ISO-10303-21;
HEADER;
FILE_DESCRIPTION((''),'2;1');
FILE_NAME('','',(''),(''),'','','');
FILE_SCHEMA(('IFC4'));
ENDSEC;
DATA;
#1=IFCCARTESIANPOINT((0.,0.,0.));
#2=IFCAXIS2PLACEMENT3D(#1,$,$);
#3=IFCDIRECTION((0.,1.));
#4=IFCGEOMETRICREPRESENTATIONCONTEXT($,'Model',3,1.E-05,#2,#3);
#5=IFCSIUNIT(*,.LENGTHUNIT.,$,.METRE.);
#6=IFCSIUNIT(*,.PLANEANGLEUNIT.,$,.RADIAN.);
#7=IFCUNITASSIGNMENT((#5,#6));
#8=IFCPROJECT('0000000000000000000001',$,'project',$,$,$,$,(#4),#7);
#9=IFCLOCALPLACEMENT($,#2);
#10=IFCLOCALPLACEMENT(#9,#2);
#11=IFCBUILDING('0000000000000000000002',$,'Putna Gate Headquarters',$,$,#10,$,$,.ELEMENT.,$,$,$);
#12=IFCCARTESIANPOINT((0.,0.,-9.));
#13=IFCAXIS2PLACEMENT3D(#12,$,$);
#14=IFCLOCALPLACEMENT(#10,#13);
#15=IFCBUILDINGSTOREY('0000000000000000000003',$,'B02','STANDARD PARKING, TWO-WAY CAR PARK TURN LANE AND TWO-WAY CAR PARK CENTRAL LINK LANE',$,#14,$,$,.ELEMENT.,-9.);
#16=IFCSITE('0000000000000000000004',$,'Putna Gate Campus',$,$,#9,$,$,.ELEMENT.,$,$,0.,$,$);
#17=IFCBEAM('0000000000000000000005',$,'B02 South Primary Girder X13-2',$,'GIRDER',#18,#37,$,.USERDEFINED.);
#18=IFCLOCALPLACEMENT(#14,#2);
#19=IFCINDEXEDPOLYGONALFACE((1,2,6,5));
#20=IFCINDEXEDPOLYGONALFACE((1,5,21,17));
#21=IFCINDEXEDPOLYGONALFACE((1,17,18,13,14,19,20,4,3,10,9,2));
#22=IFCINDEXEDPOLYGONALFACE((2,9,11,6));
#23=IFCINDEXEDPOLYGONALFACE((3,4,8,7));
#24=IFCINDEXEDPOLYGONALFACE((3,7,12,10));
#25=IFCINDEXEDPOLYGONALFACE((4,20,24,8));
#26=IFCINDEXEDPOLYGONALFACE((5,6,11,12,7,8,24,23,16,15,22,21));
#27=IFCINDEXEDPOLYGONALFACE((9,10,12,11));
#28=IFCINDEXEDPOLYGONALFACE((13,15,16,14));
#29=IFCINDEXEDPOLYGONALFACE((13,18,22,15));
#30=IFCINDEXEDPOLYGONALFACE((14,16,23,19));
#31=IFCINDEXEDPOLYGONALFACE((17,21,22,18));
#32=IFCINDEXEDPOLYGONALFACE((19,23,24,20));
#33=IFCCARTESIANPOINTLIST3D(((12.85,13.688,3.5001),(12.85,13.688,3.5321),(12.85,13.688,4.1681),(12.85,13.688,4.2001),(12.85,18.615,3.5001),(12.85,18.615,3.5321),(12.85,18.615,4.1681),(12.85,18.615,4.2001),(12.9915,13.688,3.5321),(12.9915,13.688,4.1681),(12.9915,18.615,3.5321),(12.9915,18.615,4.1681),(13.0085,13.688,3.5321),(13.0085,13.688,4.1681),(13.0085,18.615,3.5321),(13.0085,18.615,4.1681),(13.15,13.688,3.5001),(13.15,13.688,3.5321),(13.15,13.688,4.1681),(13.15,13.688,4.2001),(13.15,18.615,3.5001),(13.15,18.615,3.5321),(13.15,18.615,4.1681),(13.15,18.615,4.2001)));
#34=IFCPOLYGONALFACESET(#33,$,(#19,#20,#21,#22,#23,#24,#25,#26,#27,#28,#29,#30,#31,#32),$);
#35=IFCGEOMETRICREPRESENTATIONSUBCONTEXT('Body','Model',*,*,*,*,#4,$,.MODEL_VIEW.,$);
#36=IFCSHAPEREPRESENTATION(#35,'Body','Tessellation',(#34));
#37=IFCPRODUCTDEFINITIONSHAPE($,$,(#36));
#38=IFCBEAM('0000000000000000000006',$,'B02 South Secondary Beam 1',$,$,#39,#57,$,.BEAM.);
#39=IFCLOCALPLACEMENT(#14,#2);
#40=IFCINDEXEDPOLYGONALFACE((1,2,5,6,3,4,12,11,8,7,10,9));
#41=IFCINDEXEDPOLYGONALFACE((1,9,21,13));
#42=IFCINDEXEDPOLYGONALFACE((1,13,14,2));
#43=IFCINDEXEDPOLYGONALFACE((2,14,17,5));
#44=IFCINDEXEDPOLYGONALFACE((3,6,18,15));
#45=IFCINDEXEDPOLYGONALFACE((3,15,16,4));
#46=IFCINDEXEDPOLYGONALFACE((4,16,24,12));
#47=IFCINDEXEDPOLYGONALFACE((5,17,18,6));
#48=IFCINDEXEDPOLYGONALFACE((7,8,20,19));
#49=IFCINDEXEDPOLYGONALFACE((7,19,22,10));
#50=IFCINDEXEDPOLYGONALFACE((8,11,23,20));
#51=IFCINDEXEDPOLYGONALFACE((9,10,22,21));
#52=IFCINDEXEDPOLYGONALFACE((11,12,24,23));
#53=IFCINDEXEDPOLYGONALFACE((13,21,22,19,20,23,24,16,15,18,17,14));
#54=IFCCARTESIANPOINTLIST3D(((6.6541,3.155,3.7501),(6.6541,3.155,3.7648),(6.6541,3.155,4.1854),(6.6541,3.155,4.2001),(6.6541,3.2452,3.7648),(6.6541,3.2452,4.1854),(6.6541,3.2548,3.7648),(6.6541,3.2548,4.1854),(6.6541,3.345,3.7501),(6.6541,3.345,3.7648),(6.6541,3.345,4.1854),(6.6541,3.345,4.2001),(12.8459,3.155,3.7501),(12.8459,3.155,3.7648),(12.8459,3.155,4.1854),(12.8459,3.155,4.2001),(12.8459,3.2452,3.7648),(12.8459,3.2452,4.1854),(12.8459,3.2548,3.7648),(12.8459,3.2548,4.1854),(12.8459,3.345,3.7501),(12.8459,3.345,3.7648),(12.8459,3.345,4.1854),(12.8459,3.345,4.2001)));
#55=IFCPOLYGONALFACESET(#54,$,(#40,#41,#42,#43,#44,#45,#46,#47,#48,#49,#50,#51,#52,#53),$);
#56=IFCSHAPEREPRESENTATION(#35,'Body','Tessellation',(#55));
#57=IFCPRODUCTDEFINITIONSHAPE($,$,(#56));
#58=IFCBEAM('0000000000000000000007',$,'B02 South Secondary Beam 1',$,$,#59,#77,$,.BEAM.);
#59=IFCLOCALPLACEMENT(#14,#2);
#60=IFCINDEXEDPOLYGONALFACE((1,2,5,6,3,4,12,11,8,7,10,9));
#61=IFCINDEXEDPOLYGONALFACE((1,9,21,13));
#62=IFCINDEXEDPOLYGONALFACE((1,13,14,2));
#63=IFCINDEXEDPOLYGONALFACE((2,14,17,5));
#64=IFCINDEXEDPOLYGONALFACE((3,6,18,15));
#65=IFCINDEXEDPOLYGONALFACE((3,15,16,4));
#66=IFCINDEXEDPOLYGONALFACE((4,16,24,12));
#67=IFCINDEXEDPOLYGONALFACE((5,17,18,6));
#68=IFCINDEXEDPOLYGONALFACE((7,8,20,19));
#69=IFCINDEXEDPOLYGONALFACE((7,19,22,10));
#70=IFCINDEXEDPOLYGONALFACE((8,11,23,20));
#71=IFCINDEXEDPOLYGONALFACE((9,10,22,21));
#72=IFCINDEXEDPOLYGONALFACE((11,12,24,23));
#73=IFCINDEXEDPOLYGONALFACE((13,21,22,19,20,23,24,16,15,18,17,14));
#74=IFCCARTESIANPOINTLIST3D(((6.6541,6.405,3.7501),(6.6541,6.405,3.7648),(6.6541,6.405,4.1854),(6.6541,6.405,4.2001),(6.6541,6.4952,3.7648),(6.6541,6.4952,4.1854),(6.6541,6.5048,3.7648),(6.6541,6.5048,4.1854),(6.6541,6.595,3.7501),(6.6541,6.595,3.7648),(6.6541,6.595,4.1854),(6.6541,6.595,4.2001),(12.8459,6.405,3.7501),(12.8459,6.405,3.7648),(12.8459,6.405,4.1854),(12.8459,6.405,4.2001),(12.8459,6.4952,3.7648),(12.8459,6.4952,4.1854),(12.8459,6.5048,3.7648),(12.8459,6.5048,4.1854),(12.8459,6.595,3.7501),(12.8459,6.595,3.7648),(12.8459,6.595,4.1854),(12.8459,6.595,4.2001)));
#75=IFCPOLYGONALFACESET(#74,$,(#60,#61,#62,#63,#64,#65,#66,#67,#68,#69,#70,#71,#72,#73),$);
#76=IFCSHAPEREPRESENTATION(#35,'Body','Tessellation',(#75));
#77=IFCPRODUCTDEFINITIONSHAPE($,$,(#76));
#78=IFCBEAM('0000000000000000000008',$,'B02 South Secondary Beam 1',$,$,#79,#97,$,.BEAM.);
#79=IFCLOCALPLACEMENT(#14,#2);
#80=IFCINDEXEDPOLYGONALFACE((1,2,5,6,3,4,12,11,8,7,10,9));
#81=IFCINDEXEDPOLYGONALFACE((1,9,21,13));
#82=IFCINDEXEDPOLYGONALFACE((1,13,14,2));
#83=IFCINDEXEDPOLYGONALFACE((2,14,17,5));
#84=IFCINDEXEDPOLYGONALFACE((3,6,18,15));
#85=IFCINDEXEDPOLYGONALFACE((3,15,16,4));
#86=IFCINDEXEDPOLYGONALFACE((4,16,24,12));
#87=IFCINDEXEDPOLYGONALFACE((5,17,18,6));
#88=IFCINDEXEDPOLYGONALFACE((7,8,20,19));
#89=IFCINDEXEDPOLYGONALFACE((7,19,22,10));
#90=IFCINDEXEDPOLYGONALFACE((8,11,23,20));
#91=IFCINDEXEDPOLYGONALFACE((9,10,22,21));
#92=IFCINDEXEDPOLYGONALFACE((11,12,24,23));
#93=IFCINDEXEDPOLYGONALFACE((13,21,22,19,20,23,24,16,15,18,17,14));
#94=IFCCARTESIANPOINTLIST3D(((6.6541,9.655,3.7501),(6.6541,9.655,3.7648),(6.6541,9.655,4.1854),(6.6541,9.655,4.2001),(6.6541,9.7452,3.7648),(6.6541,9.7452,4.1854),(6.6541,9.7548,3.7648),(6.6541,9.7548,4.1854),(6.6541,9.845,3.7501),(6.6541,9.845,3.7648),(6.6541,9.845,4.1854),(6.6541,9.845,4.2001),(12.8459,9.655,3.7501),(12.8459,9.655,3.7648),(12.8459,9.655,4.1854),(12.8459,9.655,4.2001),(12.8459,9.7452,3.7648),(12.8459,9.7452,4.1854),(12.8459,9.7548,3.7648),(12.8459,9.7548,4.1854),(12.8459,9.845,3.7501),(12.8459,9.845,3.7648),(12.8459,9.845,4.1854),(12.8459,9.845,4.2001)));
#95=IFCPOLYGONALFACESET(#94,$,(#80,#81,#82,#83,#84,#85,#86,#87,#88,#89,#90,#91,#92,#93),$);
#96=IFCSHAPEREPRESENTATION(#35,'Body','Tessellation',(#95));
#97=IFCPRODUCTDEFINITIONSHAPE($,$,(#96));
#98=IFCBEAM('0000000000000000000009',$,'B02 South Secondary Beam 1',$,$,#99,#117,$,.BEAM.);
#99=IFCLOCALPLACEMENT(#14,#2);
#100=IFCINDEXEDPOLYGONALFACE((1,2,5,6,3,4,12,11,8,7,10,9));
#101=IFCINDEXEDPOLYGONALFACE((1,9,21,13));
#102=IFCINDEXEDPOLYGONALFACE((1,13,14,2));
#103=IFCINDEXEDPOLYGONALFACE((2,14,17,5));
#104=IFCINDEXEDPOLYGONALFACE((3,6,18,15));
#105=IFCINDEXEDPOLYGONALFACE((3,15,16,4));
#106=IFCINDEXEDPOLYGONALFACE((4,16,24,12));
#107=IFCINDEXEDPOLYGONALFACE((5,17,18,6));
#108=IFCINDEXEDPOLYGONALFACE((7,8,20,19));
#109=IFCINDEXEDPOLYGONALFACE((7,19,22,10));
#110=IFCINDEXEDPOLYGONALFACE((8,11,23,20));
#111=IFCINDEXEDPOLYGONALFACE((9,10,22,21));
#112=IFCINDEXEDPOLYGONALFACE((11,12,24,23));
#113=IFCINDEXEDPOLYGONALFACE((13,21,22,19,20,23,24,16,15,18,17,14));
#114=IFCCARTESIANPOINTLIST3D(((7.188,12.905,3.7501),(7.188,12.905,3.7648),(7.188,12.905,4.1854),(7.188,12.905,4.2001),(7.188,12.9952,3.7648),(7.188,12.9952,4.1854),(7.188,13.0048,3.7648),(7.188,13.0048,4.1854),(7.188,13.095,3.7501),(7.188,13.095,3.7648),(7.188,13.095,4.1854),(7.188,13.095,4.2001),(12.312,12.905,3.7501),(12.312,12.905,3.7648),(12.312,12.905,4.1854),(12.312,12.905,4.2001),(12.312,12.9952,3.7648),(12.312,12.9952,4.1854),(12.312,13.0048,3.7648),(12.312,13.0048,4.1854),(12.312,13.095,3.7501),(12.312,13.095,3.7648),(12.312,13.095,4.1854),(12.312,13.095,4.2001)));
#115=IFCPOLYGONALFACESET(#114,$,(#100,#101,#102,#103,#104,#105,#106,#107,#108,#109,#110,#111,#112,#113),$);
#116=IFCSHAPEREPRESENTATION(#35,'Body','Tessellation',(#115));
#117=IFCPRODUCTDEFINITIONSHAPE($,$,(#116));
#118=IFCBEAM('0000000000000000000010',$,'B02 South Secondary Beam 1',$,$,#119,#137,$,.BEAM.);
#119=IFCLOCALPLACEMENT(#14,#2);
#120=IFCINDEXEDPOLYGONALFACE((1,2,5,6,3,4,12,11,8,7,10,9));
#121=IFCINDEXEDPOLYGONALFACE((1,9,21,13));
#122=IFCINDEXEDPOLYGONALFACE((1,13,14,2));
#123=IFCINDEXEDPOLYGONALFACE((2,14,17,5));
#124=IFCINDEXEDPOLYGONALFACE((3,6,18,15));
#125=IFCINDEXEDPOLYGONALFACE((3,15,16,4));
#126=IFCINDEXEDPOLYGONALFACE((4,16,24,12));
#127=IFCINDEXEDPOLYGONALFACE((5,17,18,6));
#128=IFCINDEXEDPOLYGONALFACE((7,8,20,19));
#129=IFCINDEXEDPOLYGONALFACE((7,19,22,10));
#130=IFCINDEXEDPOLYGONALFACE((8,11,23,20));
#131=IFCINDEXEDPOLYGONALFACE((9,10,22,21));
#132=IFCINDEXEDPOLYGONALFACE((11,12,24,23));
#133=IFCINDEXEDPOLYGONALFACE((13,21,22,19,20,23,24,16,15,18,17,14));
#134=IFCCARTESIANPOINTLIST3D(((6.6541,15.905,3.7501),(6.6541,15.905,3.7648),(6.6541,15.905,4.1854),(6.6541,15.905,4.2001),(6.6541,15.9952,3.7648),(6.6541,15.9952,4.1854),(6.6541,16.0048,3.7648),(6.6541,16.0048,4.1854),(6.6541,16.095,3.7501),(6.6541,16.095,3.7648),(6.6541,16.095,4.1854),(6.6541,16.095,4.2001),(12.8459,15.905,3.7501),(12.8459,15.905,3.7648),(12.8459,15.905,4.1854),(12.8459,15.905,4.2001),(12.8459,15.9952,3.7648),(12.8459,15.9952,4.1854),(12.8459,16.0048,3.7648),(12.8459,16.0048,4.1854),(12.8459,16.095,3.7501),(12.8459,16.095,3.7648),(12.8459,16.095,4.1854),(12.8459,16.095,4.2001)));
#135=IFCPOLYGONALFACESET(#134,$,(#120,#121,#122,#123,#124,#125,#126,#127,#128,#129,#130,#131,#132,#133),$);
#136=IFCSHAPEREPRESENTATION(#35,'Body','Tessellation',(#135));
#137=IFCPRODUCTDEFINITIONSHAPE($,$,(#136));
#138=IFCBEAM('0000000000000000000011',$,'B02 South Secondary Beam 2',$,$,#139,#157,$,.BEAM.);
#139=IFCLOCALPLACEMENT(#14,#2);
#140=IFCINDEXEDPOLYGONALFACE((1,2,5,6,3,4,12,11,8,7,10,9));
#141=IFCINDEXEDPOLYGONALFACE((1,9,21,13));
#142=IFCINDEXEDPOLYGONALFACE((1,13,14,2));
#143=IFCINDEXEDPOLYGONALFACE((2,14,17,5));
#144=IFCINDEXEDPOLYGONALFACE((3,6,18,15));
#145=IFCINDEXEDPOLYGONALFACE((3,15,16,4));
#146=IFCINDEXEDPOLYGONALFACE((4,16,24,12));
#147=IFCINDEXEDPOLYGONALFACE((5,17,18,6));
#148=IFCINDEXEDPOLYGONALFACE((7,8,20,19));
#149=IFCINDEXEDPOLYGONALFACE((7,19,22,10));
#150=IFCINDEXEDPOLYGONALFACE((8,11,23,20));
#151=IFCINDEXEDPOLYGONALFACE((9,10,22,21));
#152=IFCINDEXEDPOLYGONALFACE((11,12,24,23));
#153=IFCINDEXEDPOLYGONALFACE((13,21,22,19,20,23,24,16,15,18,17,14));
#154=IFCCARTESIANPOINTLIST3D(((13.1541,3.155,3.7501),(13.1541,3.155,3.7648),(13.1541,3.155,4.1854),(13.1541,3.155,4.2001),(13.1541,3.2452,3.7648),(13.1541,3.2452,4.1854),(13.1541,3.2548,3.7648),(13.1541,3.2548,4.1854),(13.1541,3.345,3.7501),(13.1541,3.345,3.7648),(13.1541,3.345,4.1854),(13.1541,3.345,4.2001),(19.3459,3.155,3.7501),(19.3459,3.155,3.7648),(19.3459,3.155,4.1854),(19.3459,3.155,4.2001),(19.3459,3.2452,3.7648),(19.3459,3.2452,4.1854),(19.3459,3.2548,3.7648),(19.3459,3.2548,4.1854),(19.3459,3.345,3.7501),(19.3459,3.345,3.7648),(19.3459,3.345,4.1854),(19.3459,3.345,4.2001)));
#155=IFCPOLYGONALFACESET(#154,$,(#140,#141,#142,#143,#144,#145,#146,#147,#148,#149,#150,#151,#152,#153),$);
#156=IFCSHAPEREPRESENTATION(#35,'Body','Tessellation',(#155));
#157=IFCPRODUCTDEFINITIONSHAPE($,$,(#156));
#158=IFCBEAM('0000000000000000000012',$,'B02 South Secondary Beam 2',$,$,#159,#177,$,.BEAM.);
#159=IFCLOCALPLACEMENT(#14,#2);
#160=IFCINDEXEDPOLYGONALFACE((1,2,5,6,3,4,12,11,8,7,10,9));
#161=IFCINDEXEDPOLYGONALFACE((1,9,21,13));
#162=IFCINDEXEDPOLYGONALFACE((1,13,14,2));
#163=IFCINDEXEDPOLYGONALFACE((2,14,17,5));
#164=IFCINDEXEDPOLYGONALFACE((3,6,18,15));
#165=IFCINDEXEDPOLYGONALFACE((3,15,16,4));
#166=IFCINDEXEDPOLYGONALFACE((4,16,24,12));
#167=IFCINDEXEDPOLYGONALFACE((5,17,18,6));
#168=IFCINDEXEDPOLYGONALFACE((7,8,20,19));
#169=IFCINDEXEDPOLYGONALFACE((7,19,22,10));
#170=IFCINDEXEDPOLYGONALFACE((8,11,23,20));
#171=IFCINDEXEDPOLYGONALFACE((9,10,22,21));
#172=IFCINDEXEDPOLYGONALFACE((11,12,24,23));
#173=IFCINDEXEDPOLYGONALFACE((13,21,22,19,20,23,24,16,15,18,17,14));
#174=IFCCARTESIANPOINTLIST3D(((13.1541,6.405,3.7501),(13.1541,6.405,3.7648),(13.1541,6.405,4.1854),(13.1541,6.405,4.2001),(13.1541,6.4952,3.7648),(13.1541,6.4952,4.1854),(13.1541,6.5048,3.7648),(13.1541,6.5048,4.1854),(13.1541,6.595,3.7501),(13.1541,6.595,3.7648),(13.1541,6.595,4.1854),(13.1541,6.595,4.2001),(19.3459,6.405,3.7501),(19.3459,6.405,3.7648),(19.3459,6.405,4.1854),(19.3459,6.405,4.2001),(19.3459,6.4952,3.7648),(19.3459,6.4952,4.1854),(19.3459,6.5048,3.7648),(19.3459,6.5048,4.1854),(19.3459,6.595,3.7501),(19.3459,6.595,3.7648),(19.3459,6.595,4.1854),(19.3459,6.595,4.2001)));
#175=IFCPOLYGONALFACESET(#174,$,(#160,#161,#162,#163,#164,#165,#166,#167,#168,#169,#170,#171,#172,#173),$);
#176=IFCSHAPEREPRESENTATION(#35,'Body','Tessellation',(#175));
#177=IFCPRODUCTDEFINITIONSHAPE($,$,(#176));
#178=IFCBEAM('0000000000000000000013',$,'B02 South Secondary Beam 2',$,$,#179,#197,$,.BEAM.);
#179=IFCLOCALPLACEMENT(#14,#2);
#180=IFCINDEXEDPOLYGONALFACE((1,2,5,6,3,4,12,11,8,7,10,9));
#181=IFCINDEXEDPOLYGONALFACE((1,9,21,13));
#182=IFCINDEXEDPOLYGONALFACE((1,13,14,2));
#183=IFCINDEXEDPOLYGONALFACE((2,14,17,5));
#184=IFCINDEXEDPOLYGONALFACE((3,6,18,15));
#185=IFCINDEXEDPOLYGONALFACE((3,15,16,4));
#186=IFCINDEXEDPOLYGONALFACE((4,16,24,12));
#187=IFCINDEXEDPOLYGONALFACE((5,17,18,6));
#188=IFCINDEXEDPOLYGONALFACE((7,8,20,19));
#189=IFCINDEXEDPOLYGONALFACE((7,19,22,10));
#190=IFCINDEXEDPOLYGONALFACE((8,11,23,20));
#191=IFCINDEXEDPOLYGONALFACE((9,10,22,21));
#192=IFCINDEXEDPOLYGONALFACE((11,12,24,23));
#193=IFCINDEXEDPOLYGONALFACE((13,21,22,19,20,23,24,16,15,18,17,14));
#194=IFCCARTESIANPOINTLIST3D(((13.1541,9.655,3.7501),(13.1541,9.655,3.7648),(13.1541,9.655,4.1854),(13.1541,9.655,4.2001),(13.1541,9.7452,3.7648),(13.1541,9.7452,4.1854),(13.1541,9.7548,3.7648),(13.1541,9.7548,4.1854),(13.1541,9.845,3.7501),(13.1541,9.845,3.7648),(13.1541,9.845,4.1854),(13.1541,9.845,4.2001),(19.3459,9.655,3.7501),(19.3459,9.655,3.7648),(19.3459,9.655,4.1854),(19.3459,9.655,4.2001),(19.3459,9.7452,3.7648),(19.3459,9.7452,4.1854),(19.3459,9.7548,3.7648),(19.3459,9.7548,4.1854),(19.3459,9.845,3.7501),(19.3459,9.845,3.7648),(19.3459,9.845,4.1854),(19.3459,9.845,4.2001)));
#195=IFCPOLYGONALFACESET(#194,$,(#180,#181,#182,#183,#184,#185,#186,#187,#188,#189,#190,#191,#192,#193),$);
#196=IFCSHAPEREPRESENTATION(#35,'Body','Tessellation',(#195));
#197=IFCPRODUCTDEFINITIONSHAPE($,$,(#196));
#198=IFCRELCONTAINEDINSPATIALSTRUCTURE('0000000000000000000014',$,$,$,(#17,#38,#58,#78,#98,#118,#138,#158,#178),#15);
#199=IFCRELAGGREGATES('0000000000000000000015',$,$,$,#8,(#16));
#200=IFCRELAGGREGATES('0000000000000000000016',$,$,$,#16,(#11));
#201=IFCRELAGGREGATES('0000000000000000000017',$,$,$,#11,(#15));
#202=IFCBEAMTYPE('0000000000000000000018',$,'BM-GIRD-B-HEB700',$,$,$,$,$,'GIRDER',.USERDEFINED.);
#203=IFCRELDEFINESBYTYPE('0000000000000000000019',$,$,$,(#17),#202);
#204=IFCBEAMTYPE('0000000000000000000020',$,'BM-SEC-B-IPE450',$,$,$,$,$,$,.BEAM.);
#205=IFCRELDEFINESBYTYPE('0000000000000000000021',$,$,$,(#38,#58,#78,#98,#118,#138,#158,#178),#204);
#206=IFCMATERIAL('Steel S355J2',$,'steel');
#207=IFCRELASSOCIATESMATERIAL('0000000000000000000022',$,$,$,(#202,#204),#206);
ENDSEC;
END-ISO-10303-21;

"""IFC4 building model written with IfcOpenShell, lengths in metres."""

from ifc_helpers import new_model, si_unit, direction, frame, origin, origin_2d, place, context, subcontext, project, spatial, i_section, extrude, material, material_profile, profile_set, type_object, element, save


model = new_model("IFC4")

# Units and contexts
model_context = context("Model", 3, precision=1e-05, world=origin(), true_north=direction((0.0, 1.0)))
body_context = subcontext(model_context, "Body", "Model", "MODEL_VIEW")
ifc_project = project(units=[si_unit("LENGTHUNIT", "METRE"), si_unit("PLANEANGLEUNIT", "RADIAN")], contexts=[model_context])

# Site, building, storey
site_placement = place(None, origin())
site = spatial("IfcSite", under=ifc_project, at=site_placement, Name="Putna Gate Campus", CompositionType="ELEMENT", RefElevation=0.0)
building_placement = place(site_placement, origin())
building = spatial("IfcBuilding", under=site, at=building_placement, Name="Putna Gate Headquarters", CompositionType="ELEMENT")
storey_placement = place(building_placement, frame((0.0, 0.0, -9.0)))
storey = spatial("IfcBuildingStorey", under=building, at=storey_placement, Name="B02", Description="STANDARD PARKING, TWO-WAY CAR PARK TURN LANE AND TWO-WAY CAR PARK CENTRAL LINK LANE", CompositionType="ELEMENT", Elevation=-9.0)

# Beams
ifc_material_1 = material(Name="Steel S355J2", Category="steel")
ifc_material_profile_1 = material_profile(ifc_material_1, i_section(OverallWidth=0.3, OverallDepth=0.7, WebThickness=0.0171, FlangeThickness=0.032, at=origin_2d()), Name="Steel S355J2")
ifc_profile_set_1 = profile_set([ifc_material_profile_1], Name="Steel S355J2")
beam_type_1 = type_object("IfcBeamType", Name="BM-GIRD-B-HEB700", ElementType="GIRDER", PredefinedType="USERDEFINED", material=ifc_profile_set_1)
beam_1_placement = place(storey_placement, frame((13.0, 13.688, 3.8501), z_axis=(0.0, 1.0, 0.0), x_axis=(-1.0, 0.0, 0.0)))
element("IfcBeam", 1, at=beam_1_placement, inside=storey, type_object=beam_type_1, Name="B02 South Primary Girder X13-2", ObjectType="GIRDER", PredefinedType="USERDEFINED", context=body_context, shape_type="SweptSolid", body=[
    extrude(i_section(OverallWidth=0.3, OverallDepth=0.7, WebThickness=0.0171, FlangeThickness=0.032, at=origin_2d()), origin(), (0.0, 0.0, 1.0), 4.927),
])
ifc_material_profile_2 = material_profile(ifc_material_1, i_section(OverallWidth=0.1899, OverallDepth=0.45, WebThickness=0.0095, FlangeThickness=0.0146, at=origin_2d()), Name="Steel S355J2")
ifc_profile_set_2 = profile_set([ifc_material_profile_2], Name="Steel S355J2")
beam_type_2 = type_object("IfcBeamType", Name="BM-SEC-B-IPE450", PredefinedType="BEAM", material=ifc_profile_set_2)
for number, where, z_axis, x_axis, name in (
    (2, (6.6541, 3.25, 3.9751), (1.0, 0.0, 0.0), (0.0, 1.0, 0.0), "B02 South Secondary Beam 1"),
    (3, (6.6541, 6.5, 3.9751), (1.0, 0.0, 0.0), (0.0, 1.0, 0.0), "B02 South Secondary Beam 1"),
    (4, (6.6541, 9.75, 3.9751), (1.0, 0.0, 0.0), (0.0, 1.0, 0.0), "B02 South Secondary Beam 1"),
):
    element("IfcBeam", number, at=place(storey_placement, frame(where, z_axis=z_axis, x_axis=x_axis)), inside=storey, type_object=beam_type_2, Name=name, PredefinedType="BEAM", context=body_context, shape_type="SweptSolid", body=[
        extrude(i_section(OverallWidth=0.1899, OverallDepth=0.45, WebThickness=0.0095, FlangeThickness=0.0146, at=origin_2d()), origin(), (0.0, 0.0, 1.0), 6.1919),
    ])
beam_2_placement = place(storey_placement, frame((7.188, 13.0, 3.9751), z_axis=(1.0, 0.0, 0.0), x_axis=(0.0, 1.0, 0.0)))
element("IfcBeam", 5, at=beam_2_placement, inside=storey, type_object=beam_type_2, Name="B02 South Secondary Beam 1", PredefinedType="BEAM", context=body_context, shape_type="SweptSolid", body=[
    extrude(i_section(OverallWidth=0.1899, OverallDepth=0.45, WebThickness=0.0095, FlangeThickness=0.0146, at=origin_2d()), origin(), (0.0, 0.0, 1.0), 5.124),
])
for number, where, z_axis, x_axis, name in (
    (6, (6.6541, 16.0, 3.9751), (1.0, 0.0, 0.0), (0.0, 1.0, 0.0), "B02 South Secondary Beam 1"),
    (7, (13.1541, 3.25, 3.9751), (1.0, 0.0, 0.0), (0.0, 1.0, 0.0), "B02 South Secondary Beam 2"),
    (8, (13.1541, 6.5, 3.9751), (1.0, 0.0, 0.0), (0.0, 1.0, 0.0), "B02 South Secondary Beam 2"),
    (9, (13.1541, 9.75, 3.9751), (1.0, 0.0, 0.0), (0.0, 1.0, 0.0), "B02 South Secondary Beam 2"),
):
    element("IfcBeam", number, at=place(storey_placement, frame(where, z_axis=z_axis, x_axis=x_axis)), inside=storey, type_object=beam_type_2, Name=name, PredefinedType="BEAM", context=body_context, shape_type="SweptSolid", body=[
        extrude(i_section(OverallWidth=0.1899, OverallDepth=0.45, WebThickness=0.0095, FlangeThickness=0.0146, at=origin_2d()), origin(), (0.0, 0.0, 1.0), 6.1919),
    ])

save(model, "model.ifc")
